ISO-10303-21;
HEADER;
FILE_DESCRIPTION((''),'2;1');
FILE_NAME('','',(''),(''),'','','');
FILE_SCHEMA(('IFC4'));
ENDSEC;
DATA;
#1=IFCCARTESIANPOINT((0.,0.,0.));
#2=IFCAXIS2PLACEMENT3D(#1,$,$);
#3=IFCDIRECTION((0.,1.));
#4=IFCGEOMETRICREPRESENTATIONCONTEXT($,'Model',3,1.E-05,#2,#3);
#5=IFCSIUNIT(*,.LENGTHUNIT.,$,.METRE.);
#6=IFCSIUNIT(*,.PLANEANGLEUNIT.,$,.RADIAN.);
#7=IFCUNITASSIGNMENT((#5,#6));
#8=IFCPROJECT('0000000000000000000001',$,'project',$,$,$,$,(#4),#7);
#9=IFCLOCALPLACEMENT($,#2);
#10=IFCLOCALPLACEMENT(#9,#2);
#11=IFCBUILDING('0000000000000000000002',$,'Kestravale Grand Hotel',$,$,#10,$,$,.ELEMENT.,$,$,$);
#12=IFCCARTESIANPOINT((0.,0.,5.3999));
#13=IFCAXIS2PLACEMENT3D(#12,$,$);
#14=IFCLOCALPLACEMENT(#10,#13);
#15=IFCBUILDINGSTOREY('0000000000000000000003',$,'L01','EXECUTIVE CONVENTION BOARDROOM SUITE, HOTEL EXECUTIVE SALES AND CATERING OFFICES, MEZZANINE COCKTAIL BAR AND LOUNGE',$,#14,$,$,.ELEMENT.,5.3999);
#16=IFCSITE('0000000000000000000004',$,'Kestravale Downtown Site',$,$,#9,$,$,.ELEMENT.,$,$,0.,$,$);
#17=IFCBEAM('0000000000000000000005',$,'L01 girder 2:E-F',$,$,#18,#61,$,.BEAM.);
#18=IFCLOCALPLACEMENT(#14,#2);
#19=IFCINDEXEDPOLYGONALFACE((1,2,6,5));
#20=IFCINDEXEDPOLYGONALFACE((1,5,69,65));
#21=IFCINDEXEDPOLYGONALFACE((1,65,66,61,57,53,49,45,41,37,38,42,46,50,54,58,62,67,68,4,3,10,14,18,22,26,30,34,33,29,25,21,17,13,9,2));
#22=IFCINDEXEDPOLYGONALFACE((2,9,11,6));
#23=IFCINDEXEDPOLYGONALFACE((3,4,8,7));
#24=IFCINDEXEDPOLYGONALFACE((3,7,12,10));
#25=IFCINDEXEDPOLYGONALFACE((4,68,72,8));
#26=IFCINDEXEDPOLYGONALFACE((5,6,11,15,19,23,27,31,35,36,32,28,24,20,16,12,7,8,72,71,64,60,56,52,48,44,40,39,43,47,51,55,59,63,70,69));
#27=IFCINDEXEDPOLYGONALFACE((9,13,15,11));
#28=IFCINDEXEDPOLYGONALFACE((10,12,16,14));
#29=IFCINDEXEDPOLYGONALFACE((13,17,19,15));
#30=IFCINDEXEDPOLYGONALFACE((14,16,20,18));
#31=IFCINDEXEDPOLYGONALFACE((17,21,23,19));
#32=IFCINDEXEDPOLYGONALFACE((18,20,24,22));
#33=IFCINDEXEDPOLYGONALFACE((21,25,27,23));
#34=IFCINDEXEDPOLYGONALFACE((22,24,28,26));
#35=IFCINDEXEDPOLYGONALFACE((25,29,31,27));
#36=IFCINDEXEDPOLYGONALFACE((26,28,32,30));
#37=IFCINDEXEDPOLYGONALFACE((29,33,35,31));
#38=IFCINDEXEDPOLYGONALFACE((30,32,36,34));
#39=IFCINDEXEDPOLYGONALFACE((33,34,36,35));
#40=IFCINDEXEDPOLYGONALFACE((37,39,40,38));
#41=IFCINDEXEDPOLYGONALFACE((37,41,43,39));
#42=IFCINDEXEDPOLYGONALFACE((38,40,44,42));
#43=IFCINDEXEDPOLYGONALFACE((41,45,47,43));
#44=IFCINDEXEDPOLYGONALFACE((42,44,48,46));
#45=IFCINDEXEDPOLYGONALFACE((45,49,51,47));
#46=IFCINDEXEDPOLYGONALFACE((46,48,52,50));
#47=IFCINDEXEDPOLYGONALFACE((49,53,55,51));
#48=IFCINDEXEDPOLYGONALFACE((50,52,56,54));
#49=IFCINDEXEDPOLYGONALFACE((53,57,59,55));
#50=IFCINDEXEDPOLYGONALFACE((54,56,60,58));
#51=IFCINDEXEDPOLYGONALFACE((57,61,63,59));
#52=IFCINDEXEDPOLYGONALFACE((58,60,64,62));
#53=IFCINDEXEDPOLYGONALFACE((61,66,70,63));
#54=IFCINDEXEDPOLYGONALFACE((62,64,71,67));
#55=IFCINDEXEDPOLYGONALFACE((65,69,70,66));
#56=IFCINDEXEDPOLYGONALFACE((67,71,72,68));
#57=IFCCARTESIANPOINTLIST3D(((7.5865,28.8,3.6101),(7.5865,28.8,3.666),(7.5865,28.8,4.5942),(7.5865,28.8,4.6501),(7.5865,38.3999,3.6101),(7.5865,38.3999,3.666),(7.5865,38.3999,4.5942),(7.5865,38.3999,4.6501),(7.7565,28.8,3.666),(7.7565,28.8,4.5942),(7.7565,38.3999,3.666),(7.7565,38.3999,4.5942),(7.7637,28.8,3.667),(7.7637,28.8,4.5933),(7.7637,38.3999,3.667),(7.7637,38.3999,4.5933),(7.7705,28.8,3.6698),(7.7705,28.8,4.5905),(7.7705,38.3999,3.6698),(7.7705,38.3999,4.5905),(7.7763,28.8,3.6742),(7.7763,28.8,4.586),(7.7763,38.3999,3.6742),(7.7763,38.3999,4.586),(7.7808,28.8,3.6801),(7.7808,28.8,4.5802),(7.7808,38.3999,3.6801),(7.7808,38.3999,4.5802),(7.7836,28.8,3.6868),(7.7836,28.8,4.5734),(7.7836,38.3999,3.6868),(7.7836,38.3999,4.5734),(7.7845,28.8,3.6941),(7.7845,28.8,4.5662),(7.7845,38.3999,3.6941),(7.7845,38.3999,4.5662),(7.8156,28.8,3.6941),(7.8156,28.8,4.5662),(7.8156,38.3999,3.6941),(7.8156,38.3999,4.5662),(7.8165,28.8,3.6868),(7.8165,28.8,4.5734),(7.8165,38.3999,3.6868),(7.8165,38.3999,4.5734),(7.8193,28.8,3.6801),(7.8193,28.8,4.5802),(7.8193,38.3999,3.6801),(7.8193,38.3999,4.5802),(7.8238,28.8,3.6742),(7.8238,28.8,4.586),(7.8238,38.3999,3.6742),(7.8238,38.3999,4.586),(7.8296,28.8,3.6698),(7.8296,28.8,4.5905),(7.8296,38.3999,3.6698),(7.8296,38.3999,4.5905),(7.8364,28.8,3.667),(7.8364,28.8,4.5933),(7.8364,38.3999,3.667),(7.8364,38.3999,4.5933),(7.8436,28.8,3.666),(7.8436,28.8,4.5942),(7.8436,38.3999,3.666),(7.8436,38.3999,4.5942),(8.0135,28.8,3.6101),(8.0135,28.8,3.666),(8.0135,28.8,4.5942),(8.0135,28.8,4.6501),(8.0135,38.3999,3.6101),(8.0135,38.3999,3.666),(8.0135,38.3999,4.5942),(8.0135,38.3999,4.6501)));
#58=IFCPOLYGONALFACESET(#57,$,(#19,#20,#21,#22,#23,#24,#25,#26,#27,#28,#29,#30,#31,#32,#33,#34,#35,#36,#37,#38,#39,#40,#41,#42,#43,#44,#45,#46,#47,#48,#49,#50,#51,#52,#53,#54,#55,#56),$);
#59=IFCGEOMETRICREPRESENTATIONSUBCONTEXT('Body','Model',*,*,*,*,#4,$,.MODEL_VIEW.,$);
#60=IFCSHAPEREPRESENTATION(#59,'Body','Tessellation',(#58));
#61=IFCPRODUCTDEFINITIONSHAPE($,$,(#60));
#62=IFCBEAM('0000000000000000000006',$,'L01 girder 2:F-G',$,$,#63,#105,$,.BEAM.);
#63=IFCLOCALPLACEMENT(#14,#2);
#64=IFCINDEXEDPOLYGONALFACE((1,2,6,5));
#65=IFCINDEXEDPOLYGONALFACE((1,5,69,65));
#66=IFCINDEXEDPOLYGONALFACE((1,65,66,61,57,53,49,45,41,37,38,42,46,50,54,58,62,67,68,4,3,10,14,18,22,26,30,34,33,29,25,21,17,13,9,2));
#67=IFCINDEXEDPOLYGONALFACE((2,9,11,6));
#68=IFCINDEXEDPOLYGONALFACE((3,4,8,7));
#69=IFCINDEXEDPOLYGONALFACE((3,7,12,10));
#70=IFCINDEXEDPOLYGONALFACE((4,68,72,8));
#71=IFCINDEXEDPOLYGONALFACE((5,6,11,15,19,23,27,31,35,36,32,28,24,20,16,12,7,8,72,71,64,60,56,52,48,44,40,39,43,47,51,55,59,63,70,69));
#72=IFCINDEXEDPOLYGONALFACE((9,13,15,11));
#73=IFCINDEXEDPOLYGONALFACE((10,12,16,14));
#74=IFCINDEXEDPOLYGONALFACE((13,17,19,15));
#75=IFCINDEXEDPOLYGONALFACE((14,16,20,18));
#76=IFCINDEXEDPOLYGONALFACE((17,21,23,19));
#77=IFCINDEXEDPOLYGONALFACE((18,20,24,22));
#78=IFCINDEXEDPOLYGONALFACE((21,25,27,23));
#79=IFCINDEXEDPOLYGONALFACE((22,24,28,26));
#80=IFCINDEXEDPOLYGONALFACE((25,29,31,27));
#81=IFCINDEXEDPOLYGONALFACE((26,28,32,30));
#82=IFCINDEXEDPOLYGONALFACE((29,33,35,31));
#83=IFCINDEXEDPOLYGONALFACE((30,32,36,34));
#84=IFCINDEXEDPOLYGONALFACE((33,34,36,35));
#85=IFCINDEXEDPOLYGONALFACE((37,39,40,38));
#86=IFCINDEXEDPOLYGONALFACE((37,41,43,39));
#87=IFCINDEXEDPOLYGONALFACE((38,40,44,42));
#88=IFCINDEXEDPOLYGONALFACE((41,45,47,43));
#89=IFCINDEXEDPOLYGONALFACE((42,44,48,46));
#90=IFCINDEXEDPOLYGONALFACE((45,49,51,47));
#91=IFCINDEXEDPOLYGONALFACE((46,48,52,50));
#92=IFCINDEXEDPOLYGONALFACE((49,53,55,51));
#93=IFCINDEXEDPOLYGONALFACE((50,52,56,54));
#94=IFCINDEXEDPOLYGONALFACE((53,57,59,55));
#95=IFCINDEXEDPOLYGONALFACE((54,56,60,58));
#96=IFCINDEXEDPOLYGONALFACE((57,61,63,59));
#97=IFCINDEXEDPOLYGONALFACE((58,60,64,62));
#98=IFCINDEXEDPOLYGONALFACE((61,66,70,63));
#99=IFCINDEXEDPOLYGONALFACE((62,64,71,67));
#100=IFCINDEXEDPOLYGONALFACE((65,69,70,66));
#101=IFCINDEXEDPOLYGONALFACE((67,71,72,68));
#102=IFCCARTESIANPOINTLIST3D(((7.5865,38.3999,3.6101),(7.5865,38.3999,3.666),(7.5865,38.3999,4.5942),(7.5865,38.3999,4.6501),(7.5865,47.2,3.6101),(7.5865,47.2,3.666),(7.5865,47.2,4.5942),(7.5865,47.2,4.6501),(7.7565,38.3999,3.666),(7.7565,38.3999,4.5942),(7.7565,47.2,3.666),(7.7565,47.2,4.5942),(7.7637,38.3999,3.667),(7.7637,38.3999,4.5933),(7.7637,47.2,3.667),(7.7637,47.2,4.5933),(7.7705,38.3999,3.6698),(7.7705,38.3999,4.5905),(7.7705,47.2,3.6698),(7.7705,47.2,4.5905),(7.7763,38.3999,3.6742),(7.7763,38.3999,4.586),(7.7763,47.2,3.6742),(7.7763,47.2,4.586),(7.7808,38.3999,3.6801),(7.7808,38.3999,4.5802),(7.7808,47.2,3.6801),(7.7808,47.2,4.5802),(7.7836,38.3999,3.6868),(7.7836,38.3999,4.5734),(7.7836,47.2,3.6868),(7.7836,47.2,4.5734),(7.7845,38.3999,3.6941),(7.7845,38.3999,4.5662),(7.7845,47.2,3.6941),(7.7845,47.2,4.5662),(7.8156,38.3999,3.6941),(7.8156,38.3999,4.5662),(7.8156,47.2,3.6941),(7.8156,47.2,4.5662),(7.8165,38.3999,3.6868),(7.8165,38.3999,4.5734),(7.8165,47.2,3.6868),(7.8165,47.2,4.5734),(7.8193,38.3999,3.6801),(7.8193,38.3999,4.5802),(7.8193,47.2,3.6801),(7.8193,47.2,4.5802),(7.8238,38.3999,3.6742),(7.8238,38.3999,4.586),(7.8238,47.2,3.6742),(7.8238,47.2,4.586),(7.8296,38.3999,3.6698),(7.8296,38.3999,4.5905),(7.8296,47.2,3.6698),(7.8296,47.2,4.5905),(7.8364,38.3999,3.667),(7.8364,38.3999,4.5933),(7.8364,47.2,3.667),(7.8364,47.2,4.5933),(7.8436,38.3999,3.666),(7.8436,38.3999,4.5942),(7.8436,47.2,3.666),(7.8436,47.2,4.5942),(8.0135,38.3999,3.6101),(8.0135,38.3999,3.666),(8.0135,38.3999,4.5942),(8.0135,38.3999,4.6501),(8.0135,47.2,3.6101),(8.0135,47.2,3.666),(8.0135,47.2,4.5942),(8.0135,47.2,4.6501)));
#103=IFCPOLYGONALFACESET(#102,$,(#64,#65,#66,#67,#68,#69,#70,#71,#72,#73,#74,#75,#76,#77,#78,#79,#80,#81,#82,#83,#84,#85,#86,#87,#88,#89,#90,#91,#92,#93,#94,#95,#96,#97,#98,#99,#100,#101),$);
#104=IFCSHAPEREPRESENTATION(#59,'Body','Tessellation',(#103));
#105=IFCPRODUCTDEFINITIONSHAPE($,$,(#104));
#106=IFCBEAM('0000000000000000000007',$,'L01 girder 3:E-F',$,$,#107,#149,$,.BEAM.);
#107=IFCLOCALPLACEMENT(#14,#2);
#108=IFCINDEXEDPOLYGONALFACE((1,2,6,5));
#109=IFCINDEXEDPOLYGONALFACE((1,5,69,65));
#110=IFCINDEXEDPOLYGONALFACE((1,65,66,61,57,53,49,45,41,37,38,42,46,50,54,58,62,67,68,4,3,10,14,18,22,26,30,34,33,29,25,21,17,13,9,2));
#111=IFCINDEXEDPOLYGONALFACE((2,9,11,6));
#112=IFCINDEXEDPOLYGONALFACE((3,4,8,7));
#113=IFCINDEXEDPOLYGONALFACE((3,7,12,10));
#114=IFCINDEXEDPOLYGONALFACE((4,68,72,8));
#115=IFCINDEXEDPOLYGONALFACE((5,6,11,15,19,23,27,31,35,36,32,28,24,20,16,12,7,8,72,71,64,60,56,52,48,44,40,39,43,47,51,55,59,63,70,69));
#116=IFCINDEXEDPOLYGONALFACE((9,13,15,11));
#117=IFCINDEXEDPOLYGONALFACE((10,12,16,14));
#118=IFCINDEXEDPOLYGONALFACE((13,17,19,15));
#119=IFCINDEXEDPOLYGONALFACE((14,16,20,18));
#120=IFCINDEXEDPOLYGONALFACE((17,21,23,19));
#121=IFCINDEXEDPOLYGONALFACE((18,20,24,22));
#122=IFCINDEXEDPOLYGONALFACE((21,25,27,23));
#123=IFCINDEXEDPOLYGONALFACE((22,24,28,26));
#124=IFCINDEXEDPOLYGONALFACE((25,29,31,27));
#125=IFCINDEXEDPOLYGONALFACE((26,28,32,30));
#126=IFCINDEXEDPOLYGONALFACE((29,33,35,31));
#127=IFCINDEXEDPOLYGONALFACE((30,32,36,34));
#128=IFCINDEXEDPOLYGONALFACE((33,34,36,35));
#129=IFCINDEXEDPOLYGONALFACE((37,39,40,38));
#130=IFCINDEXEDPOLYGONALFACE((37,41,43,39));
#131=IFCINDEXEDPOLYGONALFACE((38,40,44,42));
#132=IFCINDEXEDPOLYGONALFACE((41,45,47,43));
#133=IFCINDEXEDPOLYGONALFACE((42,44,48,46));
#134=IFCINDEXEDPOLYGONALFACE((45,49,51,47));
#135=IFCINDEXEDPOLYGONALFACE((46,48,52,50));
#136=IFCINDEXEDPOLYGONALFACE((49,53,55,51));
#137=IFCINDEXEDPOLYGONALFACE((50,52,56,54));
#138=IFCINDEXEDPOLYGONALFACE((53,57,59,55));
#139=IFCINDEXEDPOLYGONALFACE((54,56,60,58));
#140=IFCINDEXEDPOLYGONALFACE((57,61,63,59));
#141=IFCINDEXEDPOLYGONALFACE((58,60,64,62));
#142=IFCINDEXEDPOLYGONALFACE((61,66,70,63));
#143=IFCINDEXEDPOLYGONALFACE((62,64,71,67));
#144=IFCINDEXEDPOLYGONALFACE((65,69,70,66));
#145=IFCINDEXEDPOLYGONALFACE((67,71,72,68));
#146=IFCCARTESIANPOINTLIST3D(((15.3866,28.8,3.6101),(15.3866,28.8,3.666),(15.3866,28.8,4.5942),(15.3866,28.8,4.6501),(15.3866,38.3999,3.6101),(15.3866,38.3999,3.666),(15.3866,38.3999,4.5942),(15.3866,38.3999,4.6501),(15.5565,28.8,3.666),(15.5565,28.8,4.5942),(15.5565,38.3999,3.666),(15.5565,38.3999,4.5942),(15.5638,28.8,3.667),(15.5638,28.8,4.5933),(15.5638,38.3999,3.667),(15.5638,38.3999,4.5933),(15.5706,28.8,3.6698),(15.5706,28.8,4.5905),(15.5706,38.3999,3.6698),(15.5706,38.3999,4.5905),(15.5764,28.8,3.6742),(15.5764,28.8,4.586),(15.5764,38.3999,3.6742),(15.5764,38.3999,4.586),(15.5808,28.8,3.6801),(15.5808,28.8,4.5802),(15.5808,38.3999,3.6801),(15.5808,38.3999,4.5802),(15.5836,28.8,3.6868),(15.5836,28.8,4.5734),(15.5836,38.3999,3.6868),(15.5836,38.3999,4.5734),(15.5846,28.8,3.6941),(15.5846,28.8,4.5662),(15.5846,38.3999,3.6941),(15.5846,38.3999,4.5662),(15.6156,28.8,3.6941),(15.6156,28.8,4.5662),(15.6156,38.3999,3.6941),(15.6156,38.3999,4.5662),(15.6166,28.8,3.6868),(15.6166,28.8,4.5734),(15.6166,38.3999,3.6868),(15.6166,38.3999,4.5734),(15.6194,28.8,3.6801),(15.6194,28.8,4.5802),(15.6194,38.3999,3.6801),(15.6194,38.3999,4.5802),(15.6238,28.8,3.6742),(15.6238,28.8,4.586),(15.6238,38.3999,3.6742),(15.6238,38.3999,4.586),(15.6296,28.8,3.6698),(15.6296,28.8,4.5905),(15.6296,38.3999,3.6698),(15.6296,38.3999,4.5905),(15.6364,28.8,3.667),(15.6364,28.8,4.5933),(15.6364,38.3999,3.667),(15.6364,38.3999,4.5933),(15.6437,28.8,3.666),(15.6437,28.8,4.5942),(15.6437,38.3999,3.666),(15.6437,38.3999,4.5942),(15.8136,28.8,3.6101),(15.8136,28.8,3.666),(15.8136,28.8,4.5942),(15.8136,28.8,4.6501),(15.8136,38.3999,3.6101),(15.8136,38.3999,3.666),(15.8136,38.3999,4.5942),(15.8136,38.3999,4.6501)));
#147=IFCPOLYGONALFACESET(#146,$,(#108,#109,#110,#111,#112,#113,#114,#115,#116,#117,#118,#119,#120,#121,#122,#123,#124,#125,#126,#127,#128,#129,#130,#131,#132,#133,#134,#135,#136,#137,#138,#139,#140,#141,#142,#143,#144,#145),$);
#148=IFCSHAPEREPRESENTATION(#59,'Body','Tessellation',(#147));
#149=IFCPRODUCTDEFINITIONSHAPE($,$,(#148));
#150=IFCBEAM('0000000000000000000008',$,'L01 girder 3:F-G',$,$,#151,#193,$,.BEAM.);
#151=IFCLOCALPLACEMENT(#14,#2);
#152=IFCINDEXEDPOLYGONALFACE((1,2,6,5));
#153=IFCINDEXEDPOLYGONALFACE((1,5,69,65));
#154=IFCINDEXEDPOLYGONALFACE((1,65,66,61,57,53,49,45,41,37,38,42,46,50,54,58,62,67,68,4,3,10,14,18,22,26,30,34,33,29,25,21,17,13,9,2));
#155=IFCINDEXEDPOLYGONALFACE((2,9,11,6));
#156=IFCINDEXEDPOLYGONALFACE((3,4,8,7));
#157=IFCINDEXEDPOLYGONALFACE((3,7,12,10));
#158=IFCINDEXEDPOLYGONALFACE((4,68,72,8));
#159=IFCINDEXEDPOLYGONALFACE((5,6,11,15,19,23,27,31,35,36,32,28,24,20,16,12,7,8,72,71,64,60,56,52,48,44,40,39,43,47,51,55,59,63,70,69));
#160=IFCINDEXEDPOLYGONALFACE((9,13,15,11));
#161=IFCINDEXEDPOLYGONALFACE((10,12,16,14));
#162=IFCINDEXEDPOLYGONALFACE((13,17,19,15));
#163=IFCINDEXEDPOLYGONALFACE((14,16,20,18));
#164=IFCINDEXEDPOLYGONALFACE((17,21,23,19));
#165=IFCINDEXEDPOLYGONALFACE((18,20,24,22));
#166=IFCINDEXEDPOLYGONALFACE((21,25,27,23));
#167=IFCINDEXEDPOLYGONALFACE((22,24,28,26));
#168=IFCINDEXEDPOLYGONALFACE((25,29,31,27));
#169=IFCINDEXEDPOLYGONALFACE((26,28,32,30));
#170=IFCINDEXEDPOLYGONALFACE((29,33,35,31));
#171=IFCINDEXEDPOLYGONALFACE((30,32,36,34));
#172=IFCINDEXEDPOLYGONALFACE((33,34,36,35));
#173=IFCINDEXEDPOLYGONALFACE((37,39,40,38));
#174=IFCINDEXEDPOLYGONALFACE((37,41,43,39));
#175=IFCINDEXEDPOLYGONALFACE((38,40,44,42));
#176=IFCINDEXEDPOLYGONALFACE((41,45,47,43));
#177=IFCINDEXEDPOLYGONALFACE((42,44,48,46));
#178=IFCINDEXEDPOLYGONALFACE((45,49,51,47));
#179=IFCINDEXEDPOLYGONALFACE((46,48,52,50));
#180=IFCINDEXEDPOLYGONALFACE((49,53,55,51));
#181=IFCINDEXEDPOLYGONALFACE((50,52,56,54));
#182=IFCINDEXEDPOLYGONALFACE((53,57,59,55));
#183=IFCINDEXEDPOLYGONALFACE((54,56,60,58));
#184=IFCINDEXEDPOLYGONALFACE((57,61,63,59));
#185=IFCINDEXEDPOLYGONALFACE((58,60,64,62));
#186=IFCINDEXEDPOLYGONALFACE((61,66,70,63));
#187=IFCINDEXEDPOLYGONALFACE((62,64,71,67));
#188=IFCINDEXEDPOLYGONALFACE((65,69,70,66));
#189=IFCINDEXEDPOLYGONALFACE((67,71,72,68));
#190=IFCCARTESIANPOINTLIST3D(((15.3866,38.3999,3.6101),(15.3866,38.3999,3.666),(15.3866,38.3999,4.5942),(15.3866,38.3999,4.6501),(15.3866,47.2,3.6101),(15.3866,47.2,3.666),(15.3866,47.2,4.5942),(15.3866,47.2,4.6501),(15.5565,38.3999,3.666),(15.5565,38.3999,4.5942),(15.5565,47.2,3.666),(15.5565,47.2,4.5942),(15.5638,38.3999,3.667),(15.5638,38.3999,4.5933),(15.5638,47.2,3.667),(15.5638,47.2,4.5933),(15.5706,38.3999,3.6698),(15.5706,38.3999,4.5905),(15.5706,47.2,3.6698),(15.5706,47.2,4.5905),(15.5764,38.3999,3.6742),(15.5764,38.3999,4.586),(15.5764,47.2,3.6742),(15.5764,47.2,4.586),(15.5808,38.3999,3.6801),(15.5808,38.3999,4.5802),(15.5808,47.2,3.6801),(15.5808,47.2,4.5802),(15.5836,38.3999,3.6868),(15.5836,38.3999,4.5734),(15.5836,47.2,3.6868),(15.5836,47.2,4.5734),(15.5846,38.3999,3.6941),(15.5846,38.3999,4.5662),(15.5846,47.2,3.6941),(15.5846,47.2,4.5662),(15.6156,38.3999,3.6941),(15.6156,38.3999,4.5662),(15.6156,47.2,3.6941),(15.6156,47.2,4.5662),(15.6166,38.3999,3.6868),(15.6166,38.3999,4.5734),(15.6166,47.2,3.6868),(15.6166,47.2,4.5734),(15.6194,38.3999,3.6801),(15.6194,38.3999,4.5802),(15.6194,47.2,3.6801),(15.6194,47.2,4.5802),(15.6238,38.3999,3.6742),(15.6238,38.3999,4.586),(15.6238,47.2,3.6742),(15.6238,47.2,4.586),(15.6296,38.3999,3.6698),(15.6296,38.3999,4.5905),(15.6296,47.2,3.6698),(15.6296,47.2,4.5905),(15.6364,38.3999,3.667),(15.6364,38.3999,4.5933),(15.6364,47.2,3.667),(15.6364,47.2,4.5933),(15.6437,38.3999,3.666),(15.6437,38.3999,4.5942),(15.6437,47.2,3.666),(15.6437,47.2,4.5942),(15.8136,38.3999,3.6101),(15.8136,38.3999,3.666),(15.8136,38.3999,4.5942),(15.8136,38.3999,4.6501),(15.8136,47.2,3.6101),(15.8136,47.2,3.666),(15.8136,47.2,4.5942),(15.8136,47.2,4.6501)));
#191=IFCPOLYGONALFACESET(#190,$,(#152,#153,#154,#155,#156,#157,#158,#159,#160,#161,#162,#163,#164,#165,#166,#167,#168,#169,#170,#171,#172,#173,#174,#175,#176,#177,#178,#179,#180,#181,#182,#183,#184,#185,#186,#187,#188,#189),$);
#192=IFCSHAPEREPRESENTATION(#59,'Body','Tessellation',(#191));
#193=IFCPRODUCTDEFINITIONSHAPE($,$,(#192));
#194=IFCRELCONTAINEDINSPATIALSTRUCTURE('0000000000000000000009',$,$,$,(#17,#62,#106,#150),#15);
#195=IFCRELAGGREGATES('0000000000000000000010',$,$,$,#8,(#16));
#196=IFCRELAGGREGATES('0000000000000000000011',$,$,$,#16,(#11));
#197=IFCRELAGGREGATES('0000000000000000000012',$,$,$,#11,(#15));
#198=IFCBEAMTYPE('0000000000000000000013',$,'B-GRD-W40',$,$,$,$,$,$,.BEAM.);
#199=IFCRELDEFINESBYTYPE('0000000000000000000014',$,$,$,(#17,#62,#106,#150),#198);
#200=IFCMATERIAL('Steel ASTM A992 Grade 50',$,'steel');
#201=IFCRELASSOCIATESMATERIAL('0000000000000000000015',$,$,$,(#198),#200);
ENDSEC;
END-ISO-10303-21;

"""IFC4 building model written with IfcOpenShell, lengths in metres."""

from ifc_helpers import new_model, si_unit, direction, frame, origin, origin_2d, place, context, subcontext, project, spatial, i_section, extrude, material, material_profile, profile_set, type_object, element, save


model = new_model("IFC4")

# Units and contexts
model_context = context("Model", 3, precision=1e-05, world=origin(), true_north=direction((0.0, 1.0)))
body_context = subcontext(model_context, "Body", "Model", "MODEL_VIEW")
ifc_project = project(units=[si_unit("LENGTHUNIT", "METRE"), si_unit("PLANEANGLEUNIT", "RADIAN")], contexts=[model_context])

# Site, building, storey
site_placement = place(None, origin())
site = spatial("IfcSite", under=ifc_project, at=site_placement, Name="Kestravale Downtown Site", CompositionType="ELEMENT", RefElevation=0.0)
building_placement = place(site_placement, origin())
building = spatial("IfcBuilding", under=site, at=building_placement, Name="Kestravale Grand Hotel", CompositionType="ELEMENT")
storey_placement = place(building_placement, frame((0.0, 0.0, 5.3999)))
storey = spatial("IfcBuildingStorey", under=building, at=storey_placement, Name="L01", Description="EXECUTIVE CONVENTION BOARDROOM SUITE, HOTEL EXECUTIVE SALES AND CATERING OFFICES, MEZZANINE COCKTAIL BAR AND LOUNGE", CompositionType="ELEMENT", Elevation=5.3999)

# Beams
ifc_material_1 = material(Name="Steel ASTM A992 Grade 50", Category="steel")
ifc_material_profile_1 = material_profile(ifc_material_1, i_section(OverallWidth=0.427, OverallDepth=1.04, WebThickness=0.031, FlangeThickness=0.0559, FilletRadius=0.0281, at=origin_2d()))
ifc_profile_set_1 = profile_set([ifc_material_profile_1], Name="Steel ASTM A992 Grade 50")
beam_type_1 = type_object("IfcBeamType", Name="B-GRD-W40", PredefinedType="BEAM", material=ifc_profile_set_1)
beam_1_placement = place(storey_placement, frame((7.8, 28.8, 4.1301), z_axis=(0.0, 1.0, 0.0), x_axis=(-1.0, 0.0, 0.0)))
element("IfcBeam", 1, at=beam_1_placement, inside=storey, type_object=beam_type_1, Name="L01 girder 2:E-F", PredefinedType="BEAM", context=body_context, shape_type="SweptSolid", body=[
    extrude(i_section(OverallWidth=0.427, OverallDepth=1.04, WebThickness=0.031, FlangeThickness=0.0559, FilletRadius=0.0281, at=origin_2d()), origin(), (0.0, 0.0, 1.0), 9.5999),
])
beam_2_placement = place(storey_placement, frame((7.8, 38.3999, 4.1301), z_axis=(0.0, 1.0, 0.0), x_axis=(-1.0, 0.0, 0.0)))
element("IfcBeam", 2, at=beam_2_placement, inside=storey, type_object=beam_type_1, Name="L01 girder 2:F-G", PredefinedType="BEAM", context=body_context, shape_type="SweptSolid", body=[
    extrude(i_section(OverallWidth=0.427, OverallDepth=1.04, WebThickness=0.031, FlangeThickness=0.0559, FilletRadius=0.0281, at=origin_2d()), origin(), (0.0, 0.0, 1.0), 8.8),
])
beam_3_placement = place(storey_placement, frame((15.6001, 28.8, 4.1301), z_axis=(0.0, 1.0, 0.0), x_axis=(-1.0, 0.0, 0.0)))
element("IfcBeam", 3, at=beam_3_placement, inside=storey, type_object=beam_type_1, Name="L01 girder 3:E-F", PredefinedType="BEAM", context=body_context, shape_type="SweptSolid", body=[
    extrude(i_section(OverallWidth=0.427, OverallDepth=1.04, WebThickness=0.031, FlangeThickness=0.0559, FilletRadius=0.0281, at=origin_2d()), origin(), (0.0, 0.0, 1.0), 9.5999),
])
beam_4_placement = place(storey_placement, frame((15.6001, 38.3999, 4.1301), z_axis=(0.0, 1.0, 0.0), x_axis=(-1.0, 0.0, 0.0)))
element("IfcBeam", 4, at=beam_4_placement, inside=storey, type_object=beam_type_1, Name="L01 girder 3:F-G", PredefinedType="BEAM", context=body_context, shape_type="SweptSolid", body=[
    extrude(i_section(OverallWidth=0.427, OverallDepth=1.04, WebThickness=0.031, FlangeThickness=0.0559, FilletRadius=0.0281, at=origin_2d()), origin(), (0.0, 0.0, 1.0), 8.8),
])

save(model, "model.ifc")
